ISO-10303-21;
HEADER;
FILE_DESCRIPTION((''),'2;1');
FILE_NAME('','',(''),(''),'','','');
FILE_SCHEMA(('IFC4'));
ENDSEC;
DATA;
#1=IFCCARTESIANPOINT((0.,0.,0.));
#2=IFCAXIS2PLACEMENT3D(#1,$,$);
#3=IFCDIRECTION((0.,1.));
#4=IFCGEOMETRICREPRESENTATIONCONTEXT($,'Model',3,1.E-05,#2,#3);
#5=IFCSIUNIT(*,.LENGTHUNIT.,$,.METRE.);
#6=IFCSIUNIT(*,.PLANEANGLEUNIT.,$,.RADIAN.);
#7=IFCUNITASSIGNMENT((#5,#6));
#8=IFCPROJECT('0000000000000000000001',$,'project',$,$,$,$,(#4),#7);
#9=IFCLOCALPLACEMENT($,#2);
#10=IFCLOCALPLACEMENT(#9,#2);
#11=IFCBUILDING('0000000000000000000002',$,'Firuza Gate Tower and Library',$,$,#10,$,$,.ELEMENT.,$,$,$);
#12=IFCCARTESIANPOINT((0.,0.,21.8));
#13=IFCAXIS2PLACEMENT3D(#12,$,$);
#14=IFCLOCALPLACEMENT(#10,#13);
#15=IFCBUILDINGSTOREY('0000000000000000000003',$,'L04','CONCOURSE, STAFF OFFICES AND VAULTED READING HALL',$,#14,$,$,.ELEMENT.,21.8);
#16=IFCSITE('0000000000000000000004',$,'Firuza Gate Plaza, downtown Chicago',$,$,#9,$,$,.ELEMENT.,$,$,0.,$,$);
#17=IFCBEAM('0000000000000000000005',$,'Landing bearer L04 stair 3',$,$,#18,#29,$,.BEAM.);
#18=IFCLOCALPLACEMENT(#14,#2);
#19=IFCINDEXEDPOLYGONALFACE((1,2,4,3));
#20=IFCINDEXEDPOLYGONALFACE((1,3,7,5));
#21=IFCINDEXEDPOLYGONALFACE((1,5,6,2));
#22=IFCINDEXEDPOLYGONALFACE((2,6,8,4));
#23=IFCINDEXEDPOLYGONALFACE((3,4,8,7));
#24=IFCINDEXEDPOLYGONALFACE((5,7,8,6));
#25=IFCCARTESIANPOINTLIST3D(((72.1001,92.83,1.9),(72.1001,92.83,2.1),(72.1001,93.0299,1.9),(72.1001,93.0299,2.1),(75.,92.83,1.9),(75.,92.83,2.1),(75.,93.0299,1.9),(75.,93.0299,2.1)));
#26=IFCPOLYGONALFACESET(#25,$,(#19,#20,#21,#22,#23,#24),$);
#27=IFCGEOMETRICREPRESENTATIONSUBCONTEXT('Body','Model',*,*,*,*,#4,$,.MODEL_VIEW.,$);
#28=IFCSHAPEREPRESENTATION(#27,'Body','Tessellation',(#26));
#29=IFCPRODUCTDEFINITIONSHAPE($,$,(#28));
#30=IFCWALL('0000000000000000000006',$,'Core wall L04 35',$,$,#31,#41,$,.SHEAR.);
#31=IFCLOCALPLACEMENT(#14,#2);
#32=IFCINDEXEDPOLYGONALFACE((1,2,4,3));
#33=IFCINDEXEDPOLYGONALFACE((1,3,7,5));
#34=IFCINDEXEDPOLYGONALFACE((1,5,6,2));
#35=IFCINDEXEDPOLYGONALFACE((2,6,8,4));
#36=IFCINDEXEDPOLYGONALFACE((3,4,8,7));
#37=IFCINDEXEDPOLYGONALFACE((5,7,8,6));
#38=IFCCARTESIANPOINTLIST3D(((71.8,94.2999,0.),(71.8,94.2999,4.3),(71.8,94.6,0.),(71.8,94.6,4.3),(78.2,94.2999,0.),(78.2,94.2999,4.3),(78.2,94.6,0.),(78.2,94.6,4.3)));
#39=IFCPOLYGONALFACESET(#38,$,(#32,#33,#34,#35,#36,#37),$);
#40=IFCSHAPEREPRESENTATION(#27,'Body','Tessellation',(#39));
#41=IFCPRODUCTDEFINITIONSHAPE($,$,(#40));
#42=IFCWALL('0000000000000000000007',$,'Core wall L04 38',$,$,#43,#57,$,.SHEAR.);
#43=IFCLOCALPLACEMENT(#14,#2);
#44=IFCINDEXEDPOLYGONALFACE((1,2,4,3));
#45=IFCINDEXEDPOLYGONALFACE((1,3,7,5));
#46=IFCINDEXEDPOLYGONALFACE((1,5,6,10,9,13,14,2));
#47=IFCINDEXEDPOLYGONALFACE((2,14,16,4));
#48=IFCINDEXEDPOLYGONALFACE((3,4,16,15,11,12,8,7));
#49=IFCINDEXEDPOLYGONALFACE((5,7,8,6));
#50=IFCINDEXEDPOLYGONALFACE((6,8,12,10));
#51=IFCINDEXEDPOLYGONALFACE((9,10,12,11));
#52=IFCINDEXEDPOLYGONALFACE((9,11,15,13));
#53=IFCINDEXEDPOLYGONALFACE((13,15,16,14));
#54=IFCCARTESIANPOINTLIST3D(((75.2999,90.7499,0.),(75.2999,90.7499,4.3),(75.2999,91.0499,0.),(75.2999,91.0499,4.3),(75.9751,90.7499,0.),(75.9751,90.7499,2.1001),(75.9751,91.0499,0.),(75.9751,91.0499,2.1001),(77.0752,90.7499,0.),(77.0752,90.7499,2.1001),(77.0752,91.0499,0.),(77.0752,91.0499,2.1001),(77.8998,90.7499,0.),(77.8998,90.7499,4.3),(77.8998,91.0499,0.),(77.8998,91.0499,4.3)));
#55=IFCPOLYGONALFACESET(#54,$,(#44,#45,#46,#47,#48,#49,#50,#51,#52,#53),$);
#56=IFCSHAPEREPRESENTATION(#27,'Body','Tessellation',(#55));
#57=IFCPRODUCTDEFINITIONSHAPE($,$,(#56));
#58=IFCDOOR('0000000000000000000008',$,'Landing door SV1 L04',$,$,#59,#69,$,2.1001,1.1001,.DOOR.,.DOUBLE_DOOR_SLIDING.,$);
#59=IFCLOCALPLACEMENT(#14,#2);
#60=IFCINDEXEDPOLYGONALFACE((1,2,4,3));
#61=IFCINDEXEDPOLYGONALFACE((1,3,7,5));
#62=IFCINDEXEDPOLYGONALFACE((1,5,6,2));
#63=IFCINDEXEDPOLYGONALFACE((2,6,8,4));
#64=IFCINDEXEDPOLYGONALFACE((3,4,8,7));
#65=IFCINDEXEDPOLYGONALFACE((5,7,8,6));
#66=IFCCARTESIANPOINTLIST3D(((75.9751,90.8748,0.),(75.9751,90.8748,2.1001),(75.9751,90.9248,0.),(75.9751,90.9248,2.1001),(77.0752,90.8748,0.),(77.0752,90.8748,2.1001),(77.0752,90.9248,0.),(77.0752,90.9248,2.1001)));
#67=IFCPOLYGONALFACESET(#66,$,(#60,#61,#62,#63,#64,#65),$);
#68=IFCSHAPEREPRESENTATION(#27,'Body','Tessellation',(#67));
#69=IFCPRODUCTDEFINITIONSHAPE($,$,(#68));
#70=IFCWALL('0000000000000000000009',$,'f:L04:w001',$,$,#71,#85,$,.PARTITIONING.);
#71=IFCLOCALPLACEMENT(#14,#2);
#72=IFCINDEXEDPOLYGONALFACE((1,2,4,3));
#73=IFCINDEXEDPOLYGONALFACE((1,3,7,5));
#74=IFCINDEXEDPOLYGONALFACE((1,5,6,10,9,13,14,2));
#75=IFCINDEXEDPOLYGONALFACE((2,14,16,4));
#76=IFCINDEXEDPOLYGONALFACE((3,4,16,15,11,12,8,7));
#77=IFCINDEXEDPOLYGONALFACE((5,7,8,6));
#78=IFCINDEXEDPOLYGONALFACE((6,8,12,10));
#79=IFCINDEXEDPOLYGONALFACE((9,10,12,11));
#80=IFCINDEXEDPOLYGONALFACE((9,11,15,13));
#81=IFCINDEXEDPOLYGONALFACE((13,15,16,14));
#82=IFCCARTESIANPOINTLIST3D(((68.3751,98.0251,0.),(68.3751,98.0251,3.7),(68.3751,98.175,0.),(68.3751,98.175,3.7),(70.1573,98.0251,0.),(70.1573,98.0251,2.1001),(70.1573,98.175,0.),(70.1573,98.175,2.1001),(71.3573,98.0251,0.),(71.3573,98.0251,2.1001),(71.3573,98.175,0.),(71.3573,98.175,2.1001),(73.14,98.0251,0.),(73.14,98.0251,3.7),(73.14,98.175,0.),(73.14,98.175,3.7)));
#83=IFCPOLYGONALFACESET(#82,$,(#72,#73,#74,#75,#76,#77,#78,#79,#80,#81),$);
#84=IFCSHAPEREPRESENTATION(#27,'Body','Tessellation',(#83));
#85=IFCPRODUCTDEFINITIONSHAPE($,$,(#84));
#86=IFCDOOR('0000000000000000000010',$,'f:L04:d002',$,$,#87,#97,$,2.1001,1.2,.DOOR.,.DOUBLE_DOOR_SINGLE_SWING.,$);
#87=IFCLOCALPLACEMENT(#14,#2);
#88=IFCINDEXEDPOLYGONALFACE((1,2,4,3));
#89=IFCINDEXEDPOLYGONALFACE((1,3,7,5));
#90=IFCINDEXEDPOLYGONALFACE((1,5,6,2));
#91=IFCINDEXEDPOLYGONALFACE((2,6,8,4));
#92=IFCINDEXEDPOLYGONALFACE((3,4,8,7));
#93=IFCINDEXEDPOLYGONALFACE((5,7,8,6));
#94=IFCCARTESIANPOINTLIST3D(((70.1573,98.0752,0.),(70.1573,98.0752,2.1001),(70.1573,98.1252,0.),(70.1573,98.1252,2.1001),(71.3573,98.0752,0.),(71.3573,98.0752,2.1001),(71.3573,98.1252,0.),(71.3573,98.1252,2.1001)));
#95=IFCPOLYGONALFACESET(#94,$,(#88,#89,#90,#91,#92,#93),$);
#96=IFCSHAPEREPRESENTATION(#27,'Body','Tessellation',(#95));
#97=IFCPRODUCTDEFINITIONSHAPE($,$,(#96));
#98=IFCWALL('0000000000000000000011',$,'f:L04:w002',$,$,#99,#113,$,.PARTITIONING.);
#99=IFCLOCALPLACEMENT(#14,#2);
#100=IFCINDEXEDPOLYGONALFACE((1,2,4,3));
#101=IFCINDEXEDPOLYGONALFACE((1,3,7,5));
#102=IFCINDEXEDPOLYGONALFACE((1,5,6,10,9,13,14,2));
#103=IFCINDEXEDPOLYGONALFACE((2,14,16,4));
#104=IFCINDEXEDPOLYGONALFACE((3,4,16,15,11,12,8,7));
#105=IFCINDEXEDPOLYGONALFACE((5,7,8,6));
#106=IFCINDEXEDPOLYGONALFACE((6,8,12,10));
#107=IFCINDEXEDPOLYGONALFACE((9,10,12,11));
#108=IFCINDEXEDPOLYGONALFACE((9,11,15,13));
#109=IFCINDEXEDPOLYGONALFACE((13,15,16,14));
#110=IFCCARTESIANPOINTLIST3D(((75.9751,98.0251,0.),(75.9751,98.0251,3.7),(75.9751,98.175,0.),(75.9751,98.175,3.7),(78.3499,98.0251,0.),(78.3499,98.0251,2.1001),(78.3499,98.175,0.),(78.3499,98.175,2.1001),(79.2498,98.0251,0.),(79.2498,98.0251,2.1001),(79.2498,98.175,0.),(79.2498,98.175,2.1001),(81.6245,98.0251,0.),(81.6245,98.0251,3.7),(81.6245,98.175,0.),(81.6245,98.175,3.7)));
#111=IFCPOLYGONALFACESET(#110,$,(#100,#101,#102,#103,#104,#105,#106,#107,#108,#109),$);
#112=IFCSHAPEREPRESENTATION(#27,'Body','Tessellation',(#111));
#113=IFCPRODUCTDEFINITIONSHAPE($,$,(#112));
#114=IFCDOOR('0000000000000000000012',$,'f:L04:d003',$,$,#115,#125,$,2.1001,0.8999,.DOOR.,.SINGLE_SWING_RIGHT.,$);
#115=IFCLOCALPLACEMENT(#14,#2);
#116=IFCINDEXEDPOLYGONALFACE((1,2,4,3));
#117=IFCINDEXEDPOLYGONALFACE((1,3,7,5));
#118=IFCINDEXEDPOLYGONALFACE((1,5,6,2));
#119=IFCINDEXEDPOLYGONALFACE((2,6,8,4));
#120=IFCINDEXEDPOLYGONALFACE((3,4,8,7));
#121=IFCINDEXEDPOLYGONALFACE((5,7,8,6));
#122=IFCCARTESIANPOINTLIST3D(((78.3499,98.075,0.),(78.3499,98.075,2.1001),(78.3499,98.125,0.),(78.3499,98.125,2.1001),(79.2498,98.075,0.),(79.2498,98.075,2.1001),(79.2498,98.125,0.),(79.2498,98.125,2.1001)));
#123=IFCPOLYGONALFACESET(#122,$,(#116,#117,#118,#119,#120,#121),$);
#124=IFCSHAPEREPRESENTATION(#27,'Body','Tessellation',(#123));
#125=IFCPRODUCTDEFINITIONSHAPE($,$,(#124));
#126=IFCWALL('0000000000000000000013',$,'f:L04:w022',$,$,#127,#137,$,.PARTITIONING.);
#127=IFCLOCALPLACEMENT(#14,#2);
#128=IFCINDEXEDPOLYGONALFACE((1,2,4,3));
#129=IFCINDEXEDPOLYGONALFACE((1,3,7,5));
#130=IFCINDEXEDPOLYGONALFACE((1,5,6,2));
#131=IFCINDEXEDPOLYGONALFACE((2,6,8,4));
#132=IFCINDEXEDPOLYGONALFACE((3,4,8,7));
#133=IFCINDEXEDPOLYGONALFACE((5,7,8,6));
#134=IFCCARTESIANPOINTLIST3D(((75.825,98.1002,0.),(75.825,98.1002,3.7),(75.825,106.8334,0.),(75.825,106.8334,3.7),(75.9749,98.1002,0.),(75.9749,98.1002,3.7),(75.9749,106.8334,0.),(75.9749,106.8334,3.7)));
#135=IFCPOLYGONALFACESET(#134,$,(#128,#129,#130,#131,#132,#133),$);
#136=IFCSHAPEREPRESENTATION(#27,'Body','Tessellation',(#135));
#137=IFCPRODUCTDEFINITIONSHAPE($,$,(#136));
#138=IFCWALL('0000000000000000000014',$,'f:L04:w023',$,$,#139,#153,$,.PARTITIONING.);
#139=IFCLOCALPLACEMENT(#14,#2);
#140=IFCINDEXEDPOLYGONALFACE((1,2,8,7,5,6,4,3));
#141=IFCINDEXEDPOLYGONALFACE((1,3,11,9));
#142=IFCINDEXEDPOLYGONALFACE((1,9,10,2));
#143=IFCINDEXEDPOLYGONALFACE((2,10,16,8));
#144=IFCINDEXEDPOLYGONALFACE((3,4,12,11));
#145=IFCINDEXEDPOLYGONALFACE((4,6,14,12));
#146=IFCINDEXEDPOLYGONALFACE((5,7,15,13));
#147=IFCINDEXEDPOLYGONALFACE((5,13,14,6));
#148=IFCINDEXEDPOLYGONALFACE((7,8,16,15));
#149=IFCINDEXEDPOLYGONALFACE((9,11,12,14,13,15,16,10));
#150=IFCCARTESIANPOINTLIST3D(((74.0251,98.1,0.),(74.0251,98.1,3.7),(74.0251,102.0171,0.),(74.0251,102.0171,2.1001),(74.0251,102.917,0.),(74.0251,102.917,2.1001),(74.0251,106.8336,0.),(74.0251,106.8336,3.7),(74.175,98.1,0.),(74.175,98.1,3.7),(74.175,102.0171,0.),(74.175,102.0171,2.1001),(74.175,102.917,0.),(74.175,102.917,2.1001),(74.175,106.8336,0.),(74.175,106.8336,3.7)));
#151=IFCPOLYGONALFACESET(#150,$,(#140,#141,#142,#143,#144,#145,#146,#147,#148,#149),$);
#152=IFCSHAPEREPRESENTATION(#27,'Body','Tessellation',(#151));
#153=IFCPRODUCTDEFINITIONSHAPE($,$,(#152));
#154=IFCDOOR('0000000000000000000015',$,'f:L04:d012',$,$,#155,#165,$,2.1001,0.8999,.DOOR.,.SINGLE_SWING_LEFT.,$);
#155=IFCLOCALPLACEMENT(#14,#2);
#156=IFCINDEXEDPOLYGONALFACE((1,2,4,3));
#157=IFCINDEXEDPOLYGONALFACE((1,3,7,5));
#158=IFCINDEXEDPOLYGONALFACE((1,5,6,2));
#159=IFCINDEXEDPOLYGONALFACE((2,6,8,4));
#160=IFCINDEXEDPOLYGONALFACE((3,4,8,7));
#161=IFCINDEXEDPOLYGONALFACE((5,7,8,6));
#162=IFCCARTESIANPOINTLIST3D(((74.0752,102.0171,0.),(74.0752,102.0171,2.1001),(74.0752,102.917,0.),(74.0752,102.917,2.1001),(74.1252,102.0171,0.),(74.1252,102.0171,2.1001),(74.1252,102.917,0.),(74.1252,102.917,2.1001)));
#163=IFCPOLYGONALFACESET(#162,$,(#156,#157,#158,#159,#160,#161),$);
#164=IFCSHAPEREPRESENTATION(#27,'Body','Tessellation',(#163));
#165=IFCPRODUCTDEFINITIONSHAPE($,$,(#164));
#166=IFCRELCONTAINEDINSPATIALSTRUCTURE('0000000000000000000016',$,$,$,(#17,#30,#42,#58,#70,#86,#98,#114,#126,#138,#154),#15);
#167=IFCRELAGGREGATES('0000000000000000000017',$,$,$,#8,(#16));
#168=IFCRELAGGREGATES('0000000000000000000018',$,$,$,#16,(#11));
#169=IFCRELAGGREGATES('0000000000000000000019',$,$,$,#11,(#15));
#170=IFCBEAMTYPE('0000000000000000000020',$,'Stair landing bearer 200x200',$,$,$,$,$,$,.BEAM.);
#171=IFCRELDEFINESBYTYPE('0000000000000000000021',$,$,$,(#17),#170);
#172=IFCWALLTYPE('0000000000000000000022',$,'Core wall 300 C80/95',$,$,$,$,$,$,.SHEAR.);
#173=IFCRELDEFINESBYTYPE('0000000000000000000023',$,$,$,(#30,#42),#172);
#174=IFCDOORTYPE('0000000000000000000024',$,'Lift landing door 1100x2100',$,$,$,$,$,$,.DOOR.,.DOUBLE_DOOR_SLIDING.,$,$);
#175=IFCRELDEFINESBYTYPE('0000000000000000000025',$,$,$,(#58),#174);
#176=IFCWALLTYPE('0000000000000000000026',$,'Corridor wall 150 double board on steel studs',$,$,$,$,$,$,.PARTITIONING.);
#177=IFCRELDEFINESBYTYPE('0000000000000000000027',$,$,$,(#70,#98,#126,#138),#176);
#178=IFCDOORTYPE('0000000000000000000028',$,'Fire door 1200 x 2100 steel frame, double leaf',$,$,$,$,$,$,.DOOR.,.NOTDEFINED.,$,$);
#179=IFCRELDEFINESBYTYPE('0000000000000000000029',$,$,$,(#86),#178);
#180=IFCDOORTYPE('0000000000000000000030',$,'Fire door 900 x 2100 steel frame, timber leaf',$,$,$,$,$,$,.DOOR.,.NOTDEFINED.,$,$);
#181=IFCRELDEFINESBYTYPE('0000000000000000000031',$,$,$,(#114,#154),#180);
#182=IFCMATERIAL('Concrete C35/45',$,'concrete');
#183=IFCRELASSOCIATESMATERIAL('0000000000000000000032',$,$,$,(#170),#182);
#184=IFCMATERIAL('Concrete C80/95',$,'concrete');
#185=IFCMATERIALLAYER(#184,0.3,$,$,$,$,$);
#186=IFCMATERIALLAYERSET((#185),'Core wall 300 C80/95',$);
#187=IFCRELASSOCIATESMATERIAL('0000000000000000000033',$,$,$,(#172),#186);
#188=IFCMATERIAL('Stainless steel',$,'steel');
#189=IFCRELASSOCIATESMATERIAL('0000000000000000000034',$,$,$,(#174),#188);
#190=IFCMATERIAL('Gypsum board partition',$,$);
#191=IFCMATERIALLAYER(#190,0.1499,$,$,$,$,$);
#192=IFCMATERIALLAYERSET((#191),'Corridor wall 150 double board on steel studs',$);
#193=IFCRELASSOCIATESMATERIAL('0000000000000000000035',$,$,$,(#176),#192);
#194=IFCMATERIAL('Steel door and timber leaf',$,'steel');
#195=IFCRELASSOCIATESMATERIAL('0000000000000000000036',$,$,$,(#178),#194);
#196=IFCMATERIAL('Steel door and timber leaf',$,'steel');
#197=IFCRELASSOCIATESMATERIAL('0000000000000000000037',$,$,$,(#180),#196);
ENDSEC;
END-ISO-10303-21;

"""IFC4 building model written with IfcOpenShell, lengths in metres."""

from ifc_helpers import new_model, si_unit, direction, frame, frame_2d, origin, origin_2d, place, context, subcontext, project, spatial, rectangle, extrude, material, layer, layer_set, material_profile, profile_set, type_object, element, fill, save


model = new_model("IFC4")

# Units and contexts
model_context = context("Model", 3, precision=1e-05, world=origin(), true_north=direction((0.0, 1.0)))
body_context = subcontext(model_context, "Body", "Model", "MODEL_VIEW")
ifc_project = project(units=[si_unit("LENGTHUNIT", "METRE"), si_unit("PLANEANGLEUNIT", "RADIAN")], contexts=[model_context])

# Site, building, storey
site_placement = place(None, origin())
site = spatial("IfcSite", under=ifc_project, at=site_placement, Name="Firuza Gate Plaza, downtown Chicago", CompositionType="ELEMENT", RefElevation=0.0)
building_placement = place(site_placement, origin())
building = spatial("IfcBuilding", under=site, at=building_placement, Name="Firuza Gate Tower and Library", CompositionType="ELEMENT")
storey_placement = place(building_placement, frame((0.0, 0.0, 21.8)))
storey = spatial("IfcBuildingStorey", under=building, at=storey_placement, Name="L04", Description="CONCOURSE, STAFF OFFICES AND VAULTED READING HALL", CompositionType="ELEMENT", Elevation=21.8)

# Beam
ifc_material_1 = material(Name="Concrete C35/45", Category="concrete")
ifc_material_profile = material_profile(ifc_material_1, rectangle(XDim=0.2, YDim=0.2, at=origin_2d()))
ifc_profile_set = profile_set([ifc_material_profile], Name="Concrete C35/45")
beam_type = type_object("IfcBeamType", Name="Stair landing bearer 200x200", PredefinedType="BEAM", material=ifc_profile_set)
beam_placement = place(storey_placement, frame((75.0, 92.9299, 2.0), z_axis=(-1.0, 0.0, 0.0), x_axis=(0.0, -1.0, 0.0)))
element("IfcBeam", 1, at=beam_placement, inside=storey, type_object=beam_type, Name="Landing bearer L04 stair 3", PredefinedType="BEAM", context=body_context, shape_type="SweptSolid", body=[
    extrude(rectangle(XDim=0.2, YDim=0.2, at=origin_2d()), origin(), (0.0, 0.0, 1.0), 2.8999),
])

# Wall
ifc_material_2 = material(Name="Concrete C80/95", Category="concrete")
ifc_layer_1 = layer(ifc_material_2, 0.3)
ifc_layer_set_1 = layer_set([ifc_layer_1], Name="Core wall 300 C80/95")
wall_type_1 = type_object("IfcWallType", Name="Core wall 300 C80/95", PredefinedType="SHEAR", material=ifc_layer_set_1)
wall_1_placement = place(storey_placement, frame((71.8, 94.45, 0.0), z_axis=(0.0, 0.0, 1.0), x_axis=(1.0, 0.0, 0.0)))
element("IfcWall", 2, at=wall_1_placement, inside=storey, type_object=wall_type_1, Name="Core wall L04 35", PredefinedType="SHEAR", context=body_context, shape_type="SweptSolid", body=[
    extrude(rectangle(XDim=6.3999, YDim=0.3, at=frame_2d((3.2, 0.0))), origin(), (0.0, 0.0, 1.0), 4.3),
])

# Walls, openings, doors
wall_2_placement = place(storey_placement, frame((75.3, 90.8999, 0.0), z_axis=(0.0, 0.0, 1.0), x_axis=(1.0, 0.0, 0.0)))
wall_2 = element("IfcWall", 3, at=wall_2_placement, inside=storey, type_object=wall_type_1, Name="Core wall L04 38", PredefinedType="SHEAR", context=body_context, shape_type="SweptSolid", body=[
    extrude(rectangle(XDim=2.5999, YDim=0.3, at=frame_2d((1.2998, 0.0))), origin(), (0.0, 0.0, 1.0), 4.3),
])
opening_1_placement = place(wall_2_placement, frame((0.675, 0.0, 0.0)))
opening_1 = element("IfcOpeningElement", 4, at=opening_1_placement, cuts=wall_2, PredefinedType="OPENING", context=body_context, shape_type="SweptSolid", body=[
    extrude(rectangle(XDim=1.1001, YDim=2.1001, at=frame_2d((0.55, 1.05))), frame((0.0, 0.1602, 0.0), z_axis=(0.0, -1.0, 0.0), x_axis=(1.0, 0.0, 0.0)), (0.0, 0.0, 1.0), 0.3201),
])
ifc_material_3 = material(Name="Stainless steel", Category="steel")
door_type_1 = type_object("IfcDoorType", Name="Lift landing door 1100x2100", OperationType="DOUBLE_DOOR_SLIDING", PredefinedType="DOOR", material=ifc_material_3)
door_1_placement = place(opening_1_placement, origin())
door_1 = element("IfcDoor", 5, at=door_1_placement, inside=storey, type_object=door_type_1, Name="Landing door SV1 L04", OperationType="DOUBLE_DOOR_SLIDING", OverallHeight=2.1001, OverallWidth=1.1001, PredefinedType="DOOR", context=body_context, shape_type="SweptSolid", body=[
    extrude(rectangle(XDim=1.1001, YDim=2.1001, at=frame_2d((0.55, 1.05))), frame((0.0, 0.0249, 0.0), z_axis=(0.0, -1.0, 0.0), x_axis=(1.0, 0.0, 0.0)), (0.0, 0.0, 1.0), 0.05),
])
fill(opening_1, door_1)
ifc_material_4 = material(Name="Gypsum board partition")
ifc_layer_2 = layer(ifc_material_4, 0.1499)
ifc_layer_set_2 = layer_set([ifc_layer_2], Name="Corridor wall 150 double board on steel studs")
wall_type_2 = type_object("IfcWallType", Name="Corridor wall 150 double board on steel studs", PredefinedType="PARTITIONING", material=ifc_layer_set_2)
wall_3_placement = place(storey_placement, frame((73.1399, 98.1001, 0.0), z_axis=(0.0, 0.0, 1.0), x_axis=(-1.0, 0.0, 0.0)))
wall_3 = element("IfcWall", 6, at=wall_3_placement, inside=storey, type_object=wall_type_2, Name="f:L04:w001", PredefinedType="PARTITIONING", context=body_context, shape_type="SweptSolid", body=[
    extrude(rectangle(XDim=4.7649, YDim=0.1499, at=frame_2d((2.3823, 0.0))), origin(), (0.0, 0.0, 1.0), 3.7),
])
opening_2_placement = place(wall_3_placement, frame((1.7825, 0.0, 0.0)))
opening_2 = element("IfcOpeningElement", 7, at=opening_2_placement, cuts=wall_3, PredefinedType="OPENING", context=body_context, shape_type="SweptSolid", body=[
    extrude(rectangle(XDim=1.2, YDim=2.1001, at=frame_2d((0.6001, 1.05))), frame((0.0, 0.085, 0.0), z_axis=(0.0, -1.0, 0.0), x_axis=(1.0, 0.0, 0.0)), (0.0, 0.0, 1.0), 0.1699),
])
ifc_material_5 = material(Name="Steel door and timber leaf", Category="steel")
door_type_2 = type_object("IfcDoorType", Name="Fire door 1200 x 2100 steel frame, double leaf", OperationType="NOTDEFINED", PredefinedType="DOOR", material=ifc_material_5)
door_2_placement = place(opening_2_placement, origin())
door_2 = element("IfcDoor", 8, at=door_2_placement, inside=storey, type_object=door_type_2, Name="f:L04:d002", OperationType="DOUBLE_DOOR_SINGLE_SWING", OverallHeight=2.1001, OverallWidth=1.2, PredefinedType="DOOR", context=body_context, shape_type="SweptSolid", body=[
    extrude(rectangle(XDim=1.2, YDim=2.1001, at=frame_2d((0.6001, 1.05))), frame((0.0, 0.0249, 0.0), z_axis=(0.0, -1.0, 0.0), x_axis=(1.0, 0.0, 0.0)), (0.0, 0.0, 1.0), 0.05),
])
fill(opening_2, door_2)
wall_4_placement = place(storey_placement, frame((75.9751, 98.1001, 0.0), z_axis=(0.0, 0.0, 1.0), x_axis=(1.0, 0.0, 0.0)))
wall_4 = element("IfcWall", 9, at=wall_4_placement, inside=storey, type_object=wall_type_2, Name="f:L04:w002", PredefinedType="PARTITIONING", context=body_context, shape_type="SweptSolid", body=[
    extrude(rectangle(XDim=5.6494, YDim=0.1499, at=frame_2d((2.8247, 0.0))), origin(), (0.0, 0.0, 1.0), 3.7),
])
opening_3_placement = place(wall_4_placement, frame((2.3748, 0.0, 0.0)))
opening_3 = element("IfcOpeningElement", 10, at=opening_3_placement, cuts=wall_4, PredefinedType="OPENING", context=body_context, shape_type="SweptSolid", body=[
    extrude(rectangle(XDim=0.8999, YDim=2.1001, at=frame_2d((0.45, 1.05))), frame((0.0, 0.085, 0.0), z_axis=(0.0, -1.0, 0.0), x_axis=(1.0, 0.0, 0.0)), (0.0, 0.0, 1.0), 0.1699),
])
ifc_material_6 = material(Name="Steel door and timber leaf", Category="steel")
door_type_3 = type_object("IfcDoorType", Name="Fire door 900 x 2100 steel frame, timber leaf", OperationType="NOTDEFINED", PredefinedType="DOOR", material=ifc_material_6)
door_3_placement = place(opening_3_placement, origin())
door_3 = element("IfcDoor", 11, at=door_3_placement, inside=storey, type_object=door_type_3, Name="f:L04:d003", OperationType="SINGLE_SWING_RIGHT", OverallHeight=2.1001, OverallWidth=0.8999, PredefinedType="DOOR", context=body_context, shape_type="SweptSolid", body=[
    extrude(rectangle(XDim=0.8999, YDim=2.1001, at=frame_2d((0.45, 1.05))), frame((0.0, 0.0249, 0.0), z_axis=(0.0, -1.0, 0.0), x_axis=(1.0, 0.0, 0.0)), (0.0, 0.0, 1.0), 0.05),
])
fill(opening_3, door_3)

# Wall
wall_5_placement = place(storey_placement, frame((75.8999, 98.1001, 0.0), z_axis=(0.0, 0.0, 1.0), x_axis=(0.0, 1.0, 0.0)))
element("IfcWall", 12, at=wall_5_placement, inside=storey, type_object=wall_type_2, Name="f:L04:w022", PredefinedType="PARTITIONING", context=body_context, shape_type="SweptSolid", body=[
    extrude(rectangle(XDim=8.7332, YDim=0.1499, at=frame_2d((4.3667, 0.0))), origin(), (0.0, 0.0, 1.0), 3.7),
])

# Wall, opening, door
wall_6_placement = place(storey_placement, frame((74.1001, 98.1001, 0.0), z_axis=(0.0, 0.0, 1.0), x_axis=(0.0, 1.0, 0.0)))
wall_6 = element("IfcWall", 13, at=wall_6_placement, inside=storey, type_object=wall_type_2, Name="f:L04:w023", PredefinedType="PARTITIONING", context=body_context, shape_type="SweptSolid", body=[
    extrude(rectangle(XDim=8.7336, YDim=0.1499, at=frame_2d((4.3667, 0.0))), origin(), (0.0, 0.0, 1.0), 3.7),
])
opening_4_placement = place(wall_6_placement, frame((3.917, 0.0, 0.0)))
opening_4 = element("IfcOpeningElement", 14, at=opening_4_placement, cuts=wall_6, PredefinedType="OPENING", context=body_context, shape_type="SweptSolid", body=[
    extrude(rectangle(XDim=0.8999, YDim=2.1001, at=frame_2d((0.45, 1.05))), frame((0.0, 0.085, 0.0), z_axis=(0.0, -1.0, 0.0), x_axis=(1.0, 0.0, 0.0)), (0.0, 0.0, 1.0), 0.1699),
])
door_4_placement = place(opening_4_placement, origin())
door_4 = element("IfcDoor", 15, at=door_4_placement, inside=storey, type_object=door_type_3, Name="f:L04:d012", OperationType="SINGLE_SWING_LEFT", OverallHeight=2.1001, OverallWidth=0.8999, PredefinedType="DOOR", context=body_context, shape_type="SweptSolid", body=[
    extrude(rectangle(XDim=0.8999, YDim=2.1001, at=frame_2d((0.45, 1.05))), frame((0.0, 0.0249, 0.0), z_axis=(0.0, -1.0, 0.0), x_axis=(1.0, 0.0, 0.0)), (0.0, 0.0, 1.0), 0.05),
])
fill(opening_4, door_4)

save(model, "model.ifc")
